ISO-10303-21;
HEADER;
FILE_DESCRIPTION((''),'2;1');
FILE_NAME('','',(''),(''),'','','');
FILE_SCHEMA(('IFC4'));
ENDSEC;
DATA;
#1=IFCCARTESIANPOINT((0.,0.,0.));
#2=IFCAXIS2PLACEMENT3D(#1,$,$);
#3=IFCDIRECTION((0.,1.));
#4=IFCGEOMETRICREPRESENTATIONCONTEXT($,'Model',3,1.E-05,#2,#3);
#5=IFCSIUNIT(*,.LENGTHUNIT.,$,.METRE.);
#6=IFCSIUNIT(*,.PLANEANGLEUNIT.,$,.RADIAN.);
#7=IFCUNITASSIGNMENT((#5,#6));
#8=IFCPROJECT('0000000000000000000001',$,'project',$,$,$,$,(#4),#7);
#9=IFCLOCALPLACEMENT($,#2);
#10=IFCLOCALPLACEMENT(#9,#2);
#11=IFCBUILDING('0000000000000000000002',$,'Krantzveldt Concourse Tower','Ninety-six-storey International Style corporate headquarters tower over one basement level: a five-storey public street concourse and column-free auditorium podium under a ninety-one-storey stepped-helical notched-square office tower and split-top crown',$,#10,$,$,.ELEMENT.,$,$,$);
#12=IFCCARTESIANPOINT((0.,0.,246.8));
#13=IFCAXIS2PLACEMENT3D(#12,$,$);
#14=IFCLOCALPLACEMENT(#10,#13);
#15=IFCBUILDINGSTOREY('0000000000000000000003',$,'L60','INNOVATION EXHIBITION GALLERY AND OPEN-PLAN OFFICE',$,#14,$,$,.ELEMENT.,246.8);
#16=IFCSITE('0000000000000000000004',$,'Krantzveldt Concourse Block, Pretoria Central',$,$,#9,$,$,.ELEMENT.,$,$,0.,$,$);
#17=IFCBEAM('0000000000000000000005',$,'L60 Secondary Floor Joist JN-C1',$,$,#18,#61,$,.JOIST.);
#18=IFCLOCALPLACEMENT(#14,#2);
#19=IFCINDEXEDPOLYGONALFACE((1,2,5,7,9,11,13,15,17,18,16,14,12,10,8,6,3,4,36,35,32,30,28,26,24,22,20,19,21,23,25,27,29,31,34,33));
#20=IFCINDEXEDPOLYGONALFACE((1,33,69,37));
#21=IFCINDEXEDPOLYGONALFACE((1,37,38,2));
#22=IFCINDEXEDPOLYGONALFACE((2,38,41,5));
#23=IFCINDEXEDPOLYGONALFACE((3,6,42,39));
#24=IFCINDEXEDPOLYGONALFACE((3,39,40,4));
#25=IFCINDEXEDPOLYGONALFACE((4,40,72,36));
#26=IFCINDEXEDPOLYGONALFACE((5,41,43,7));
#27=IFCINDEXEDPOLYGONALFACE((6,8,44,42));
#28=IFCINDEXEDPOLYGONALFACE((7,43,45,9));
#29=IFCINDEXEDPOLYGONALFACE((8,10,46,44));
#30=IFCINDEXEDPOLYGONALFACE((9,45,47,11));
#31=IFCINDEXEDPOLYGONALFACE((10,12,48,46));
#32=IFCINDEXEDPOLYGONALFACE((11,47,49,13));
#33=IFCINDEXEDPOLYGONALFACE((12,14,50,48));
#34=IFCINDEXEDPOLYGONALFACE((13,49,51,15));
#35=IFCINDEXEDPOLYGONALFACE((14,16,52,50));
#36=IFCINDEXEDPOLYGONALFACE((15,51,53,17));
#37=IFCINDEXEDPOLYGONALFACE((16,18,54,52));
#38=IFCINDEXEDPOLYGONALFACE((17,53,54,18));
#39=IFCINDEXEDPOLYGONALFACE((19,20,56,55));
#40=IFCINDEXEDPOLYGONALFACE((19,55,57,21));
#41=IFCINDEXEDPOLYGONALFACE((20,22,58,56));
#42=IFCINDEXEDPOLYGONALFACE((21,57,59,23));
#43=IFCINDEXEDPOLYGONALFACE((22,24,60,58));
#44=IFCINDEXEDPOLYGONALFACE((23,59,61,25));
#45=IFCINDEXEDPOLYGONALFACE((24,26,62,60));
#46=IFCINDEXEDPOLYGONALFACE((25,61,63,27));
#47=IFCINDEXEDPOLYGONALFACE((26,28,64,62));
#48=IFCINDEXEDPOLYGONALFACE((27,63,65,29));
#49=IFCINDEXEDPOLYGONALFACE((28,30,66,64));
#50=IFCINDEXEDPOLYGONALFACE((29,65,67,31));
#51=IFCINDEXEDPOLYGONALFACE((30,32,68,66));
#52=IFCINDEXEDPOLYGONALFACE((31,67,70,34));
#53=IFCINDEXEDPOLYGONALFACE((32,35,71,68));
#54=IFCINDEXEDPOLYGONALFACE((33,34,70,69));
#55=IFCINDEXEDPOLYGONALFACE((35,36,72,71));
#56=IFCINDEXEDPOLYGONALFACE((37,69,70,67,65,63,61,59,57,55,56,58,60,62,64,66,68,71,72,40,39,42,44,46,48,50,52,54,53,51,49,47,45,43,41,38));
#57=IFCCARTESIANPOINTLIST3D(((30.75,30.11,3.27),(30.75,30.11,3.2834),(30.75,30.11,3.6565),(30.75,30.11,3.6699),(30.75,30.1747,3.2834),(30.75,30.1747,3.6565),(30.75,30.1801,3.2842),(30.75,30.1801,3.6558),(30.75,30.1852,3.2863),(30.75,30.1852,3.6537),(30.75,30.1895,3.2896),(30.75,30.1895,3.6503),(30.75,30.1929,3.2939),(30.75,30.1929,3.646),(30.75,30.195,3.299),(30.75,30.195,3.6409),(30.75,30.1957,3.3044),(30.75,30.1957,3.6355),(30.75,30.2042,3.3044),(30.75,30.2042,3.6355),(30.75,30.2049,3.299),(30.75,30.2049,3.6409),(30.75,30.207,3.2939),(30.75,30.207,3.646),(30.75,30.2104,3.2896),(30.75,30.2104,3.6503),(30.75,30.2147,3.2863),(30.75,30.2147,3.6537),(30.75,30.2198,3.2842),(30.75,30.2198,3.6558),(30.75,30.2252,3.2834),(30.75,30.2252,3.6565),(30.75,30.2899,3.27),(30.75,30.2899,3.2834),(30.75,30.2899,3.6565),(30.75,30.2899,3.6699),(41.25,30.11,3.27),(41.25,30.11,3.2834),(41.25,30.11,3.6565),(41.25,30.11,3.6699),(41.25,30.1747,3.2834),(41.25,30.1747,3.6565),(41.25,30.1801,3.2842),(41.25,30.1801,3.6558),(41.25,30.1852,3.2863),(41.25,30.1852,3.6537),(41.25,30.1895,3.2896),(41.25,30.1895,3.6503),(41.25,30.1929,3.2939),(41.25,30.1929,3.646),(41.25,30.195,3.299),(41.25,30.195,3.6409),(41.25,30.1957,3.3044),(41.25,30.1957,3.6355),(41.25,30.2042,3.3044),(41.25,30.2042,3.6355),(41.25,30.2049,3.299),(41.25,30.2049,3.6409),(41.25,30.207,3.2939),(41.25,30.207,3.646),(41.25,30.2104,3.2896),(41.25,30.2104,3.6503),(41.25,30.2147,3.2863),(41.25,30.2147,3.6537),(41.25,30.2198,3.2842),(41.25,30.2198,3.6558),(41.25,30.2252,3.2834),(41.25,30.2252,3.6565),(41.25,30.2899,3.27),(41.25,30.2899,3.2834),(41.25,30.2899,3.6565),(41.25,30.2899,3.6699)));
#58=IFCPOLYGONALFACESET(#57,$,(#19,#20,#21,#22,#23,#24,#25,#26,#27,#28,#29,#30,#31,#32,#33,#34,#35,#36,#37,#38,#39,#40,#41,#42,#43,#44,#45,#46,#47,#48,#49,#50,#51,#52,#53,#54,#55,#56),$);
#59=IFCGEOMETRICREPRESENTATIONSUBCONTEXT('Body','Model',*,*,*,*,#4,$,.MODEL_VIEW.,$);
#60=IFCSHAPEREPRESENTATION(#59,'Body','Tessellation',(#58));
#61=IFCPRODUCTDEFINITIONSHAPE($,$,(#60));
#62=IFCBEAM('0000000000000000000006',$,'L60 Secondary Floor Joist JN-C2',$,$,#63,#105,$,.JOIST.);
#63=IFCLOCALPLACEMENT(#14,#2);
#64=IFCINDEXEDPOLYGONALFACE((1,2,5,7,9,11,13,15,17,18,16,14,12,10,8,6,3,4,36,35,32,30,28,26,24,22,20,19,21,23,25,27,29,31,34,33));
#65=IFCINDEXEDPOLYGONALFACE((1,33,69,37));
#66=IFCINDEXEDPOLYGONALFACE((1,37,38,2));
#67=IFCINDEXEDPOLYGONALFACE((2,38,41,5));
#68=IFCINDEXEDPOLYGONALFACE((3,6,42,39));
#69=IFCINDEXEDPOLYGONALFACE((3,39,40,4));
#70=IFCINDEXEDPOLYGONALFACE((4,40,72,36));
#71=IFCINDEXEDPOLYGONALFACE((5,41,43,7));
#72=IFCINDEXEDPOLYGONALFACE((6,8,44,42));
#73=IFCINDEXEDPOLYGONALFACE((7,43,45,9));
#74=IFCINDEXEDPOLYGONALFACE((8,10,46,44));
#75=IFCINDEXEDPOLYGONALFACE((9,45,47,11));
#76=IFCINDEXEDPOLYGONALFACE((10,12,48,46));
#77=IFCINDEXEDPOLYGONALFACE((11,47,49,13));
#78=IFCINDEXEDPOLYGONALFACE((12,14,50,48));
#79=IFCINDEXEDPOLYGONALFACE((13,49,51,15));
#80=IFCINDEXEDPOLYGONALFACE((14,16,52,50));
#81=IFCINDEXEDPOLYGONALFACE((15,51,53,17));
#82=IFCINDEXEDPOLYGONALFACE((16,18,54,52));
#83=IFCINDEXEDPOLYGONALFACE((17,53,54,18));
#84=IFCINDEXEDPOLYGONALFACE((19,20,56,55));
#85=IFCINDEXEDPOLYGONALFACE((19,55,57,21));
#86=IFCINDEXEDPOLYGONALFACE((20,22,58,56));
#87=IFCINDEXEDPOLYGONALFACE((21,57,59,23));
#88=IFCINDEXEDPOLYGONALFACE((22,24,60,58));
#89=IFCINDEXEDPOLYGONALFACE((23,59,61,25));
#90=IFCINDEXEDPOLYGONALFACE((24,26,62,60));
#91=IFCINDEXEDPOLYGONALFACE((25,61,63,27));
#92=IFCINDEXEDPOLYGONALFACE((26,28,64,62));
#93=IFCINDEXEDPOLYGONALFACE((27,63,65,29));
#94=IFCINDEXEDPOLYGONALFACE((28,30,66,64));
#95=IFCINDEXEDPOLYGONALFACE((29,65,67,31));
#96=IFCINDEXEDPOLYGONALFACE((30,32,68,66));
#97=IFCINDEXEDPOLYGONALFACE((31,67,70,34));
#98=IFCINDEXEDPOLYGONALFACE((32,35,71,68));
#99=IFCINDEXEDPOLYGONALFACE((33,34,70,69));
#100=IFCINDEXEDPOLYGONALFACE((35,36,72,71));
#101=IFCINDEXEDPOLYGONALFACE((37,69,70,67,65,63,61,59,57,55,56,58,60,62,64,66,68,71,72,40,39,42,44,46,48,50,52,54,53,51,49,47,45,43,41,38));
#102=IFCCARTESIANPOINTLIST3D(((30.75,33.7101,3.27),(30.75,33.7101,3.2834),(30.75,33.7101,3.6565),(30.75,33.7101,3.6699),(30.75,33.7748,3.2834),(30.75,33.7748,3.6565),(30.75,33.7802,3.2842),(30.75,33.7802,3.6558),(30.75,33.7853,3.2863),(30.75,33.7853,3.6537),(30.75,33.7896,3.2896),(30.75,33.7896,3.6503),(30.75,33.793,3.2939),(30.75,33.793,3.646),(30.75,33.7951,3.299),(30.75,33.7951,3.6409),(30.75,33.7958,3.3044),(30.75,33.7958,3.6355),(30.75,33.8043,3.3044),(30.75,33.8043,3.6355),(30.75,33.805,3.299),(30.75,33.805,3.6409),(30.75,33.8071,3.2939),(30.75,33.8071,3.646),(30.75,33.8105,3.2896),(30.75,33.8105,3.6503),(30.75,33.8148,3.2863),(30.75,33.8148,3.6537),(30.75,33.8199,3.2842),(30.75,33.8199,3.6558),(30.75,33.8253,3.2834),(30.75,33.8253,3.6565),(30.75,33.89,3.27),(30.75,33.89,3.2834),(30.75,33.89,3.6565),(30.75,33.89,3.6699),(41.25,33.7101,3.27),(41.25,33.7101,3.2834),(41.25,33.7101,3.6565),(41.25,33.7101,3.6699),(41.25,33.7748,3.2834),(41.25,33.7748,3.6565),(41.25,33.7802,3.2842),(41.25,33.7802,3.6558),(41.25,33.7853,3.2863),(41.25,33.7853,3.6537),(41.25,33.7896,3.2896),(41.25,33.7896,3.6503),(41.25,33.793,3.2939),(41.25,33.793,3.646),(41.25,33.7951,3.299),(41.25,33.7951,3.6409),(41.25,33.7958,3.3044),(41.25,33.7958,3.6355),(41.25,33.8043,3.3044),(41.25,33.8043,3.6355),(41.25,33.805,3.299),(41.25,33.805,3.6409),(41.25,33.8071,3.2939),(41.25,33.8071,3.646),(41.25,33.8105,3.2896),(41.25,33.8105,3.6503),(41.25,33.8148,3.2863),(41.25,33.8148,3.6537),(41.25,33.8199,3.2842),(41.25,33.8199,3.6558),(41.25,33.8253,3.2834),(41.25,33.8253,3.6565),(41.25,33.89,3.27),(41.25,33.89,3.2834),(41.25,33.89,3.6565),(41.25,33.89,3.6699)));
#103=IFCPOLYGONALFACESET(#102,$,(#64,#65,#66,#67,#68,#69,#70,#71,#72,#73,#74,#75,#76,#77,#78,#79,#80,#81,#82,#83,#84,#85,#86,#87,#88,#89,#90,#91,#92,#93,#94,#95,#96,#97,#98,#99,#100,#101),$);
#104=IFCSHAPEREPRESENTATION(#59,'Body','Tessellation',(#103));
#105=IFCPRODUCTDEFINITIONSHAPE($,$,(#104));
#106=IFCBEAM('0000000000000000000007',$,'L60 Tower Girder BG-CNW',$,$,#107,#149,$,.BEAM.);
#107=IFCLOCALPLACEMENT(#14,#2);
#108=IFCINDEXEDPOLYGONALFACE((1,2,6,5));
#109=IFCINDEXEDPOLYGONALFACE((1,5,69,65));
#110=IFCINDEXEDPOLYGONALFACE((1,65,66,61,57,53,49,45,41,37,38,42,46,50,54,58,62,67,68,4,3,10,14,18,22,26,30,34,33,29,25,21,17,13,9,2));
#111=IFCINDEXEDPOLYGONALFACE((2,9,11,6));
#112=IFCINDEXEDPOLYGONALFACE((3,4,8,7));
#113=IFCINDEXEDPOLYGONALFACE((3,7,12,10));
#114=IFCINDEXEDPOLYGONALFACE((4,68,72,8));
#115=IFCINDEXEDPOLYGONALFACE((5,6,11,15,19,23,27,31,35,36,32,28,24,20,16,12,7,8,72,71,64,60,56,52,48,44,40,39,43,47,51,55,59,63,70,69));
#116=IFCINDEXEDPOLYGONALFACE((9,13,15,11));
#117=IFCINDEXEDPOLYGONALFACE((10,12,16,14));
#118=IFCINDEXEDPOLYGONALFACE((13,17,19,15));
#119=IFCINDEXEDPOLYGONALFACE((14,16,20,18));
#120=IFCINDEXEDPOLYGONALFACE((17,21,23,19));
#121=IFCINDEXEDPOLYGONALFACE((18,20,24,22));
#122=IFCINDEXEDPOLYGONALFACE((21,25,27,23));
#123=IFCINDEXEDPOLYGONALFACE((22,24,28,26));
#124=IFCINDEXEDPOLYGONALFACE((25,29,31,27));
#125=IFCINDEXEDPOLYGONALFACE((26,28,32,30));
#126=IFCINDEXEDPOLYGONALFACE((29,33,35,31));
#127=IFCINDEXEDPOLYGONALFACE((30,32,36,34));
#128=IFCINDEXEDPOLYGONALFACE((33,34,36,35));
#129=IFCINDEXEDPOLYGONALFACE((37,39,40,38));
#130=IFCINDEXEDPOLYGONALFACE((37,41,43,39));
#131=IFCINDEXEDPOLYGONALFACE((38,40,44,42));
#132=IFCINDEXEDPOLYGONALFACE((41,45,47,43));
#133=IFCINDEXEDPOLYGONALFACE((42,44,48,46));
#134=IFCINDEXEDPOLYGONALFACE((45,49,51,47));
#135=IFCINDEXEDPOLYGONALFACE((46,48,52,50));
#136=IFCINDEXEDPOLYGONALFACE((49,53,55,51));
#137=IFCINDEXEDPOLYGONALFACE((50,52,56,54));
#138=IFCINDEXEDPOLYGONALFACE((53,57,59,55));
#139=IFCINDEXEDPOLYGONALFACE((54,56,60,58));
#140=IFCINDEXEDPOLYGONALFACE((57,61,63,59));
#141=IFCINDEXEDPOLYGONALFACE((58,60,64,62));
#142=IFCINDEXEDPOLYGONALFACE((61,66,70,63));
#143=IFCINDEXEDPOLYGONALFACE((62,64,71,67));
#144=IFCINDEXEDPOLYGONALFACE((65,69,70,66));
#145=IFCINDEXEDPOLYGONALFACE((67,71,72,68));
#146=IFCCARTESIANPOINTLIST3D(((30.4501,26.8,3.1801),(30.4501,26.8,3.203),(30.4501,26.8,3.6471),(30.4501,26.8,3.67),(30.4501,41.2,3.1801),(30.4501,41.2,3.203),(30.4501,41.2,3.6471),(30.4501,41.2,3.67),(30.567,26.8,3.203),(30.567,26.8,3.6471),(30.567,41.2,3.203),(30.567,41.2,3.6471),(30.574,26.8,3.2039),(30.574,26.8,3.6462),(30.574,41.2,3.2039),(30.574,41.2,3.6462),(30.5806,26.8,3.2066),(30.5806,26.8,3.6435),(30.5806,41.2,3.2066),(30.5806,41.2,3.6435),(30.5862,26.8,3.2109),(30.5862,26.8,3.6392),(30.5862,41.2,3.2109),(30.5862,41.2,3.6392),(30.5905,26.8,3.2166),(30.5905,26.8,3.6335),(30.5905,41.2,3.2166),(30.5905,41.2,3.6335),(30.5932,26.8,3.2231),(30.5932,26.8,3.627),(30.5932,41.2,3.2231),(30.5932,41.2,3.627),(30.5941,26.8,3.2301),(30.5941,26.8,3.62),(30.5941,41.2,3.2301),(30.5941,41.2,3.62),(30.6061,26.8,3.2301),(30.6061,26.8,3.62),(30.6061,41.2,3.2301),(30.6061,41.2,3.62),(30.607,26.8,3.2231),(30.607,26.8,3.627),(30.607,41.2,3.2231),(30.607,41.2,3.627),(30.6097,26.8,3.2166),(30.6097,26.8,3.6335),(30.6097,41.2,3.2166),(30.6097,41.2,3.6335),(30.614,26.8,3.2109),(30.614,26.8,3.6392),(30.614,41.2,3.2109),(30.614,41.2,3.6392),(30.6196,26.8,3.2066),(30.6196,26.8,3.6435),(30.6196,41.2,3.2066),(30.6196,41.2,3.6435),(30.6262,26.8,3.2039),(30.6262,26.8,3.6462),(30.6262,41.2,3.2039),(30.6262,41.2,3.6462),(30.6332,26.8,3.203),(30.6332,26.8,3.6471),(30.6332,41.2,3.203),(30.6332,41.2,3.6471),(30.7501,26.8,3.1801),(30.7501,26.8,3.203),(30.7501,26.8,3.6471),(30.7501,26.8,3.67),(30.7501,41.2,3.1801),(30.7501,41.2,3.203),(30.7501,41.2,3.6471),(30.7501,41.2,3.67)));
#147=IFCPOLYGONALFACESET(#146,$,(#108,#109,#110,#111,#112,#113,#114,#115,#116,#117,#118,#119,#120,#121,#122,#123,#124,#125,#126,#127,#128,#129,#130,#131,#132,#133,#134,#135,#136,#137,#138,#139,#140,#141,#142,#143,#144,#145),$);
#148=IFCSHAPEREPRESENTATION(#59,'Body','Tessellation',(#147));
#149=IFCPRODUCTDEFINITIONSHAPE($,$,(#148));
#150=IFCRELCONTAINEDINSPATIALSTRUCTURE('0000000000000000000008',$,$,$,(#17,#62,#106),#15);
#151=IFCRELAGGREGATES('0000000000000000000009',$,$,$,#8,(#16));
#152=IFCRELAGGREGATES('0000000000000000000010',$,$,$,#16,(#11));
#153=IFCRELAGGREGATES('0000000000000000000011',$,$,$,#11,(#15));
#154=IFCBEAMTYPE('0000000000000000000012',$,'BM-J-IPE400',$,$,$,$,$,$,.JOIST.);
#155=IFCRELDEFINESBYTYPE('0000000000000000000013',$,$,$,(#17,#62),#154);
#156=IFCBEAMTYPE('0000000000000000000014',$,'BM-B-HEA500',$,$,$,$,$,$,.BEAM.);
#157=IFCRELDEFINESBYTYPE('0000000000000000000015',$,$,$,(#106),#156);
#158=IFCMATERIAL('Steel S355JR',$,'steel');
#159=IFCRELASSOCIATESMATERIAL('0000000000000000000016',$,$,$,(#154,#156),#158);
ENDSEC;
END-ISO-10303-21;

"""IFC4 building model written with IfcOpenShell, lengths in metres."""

from ifc_helpers import new_model, si_unit, direction, frame, origin, origin_2d, place, context, subcontext, project, spatial, i_section, extrude, source, transform, mapped, material, material_profile, profile_set, type_object, type_shapes, element, save


model = new_model("IFC4")

# Units and contexts
model_context = context("Model", 3, precision=1e-05, world=origin(), true_north=direction((0.0, 1.0)))
body_context = subcontext(model_context, "Body", "Model", "MODEL_VIEW")
ifc_project = project(units=[si_unit("LENGTHUNIT", "METRE"), si_unit("PLANEANGLEUNIT", "RADIAN")], contexts=[model_context])

# Site, building, storey
site_placement = place(None, origin())
site = spatial("IfcSite", under=ifc_project, at=site_placement, Name="Krantzveldt Concourse Block, Pretoria Central", CompositionType="ELEMENT", RefElevation=0.0)
building_placement = place(site_placement, origin())
building = spatial("IfcBuilding", under=site, at=building_placement, Name="Krantzveldt Concourse Tower", Description="Ninety-six-storey International Style corporate headquarters tower over one basement level: a five-storey public street concourse and column-free auditorium podium under a ninety-one-storey stepped-helical notched-square office tower and split-top crown", CompositionType="ELEMENT")
storey_placement = place(building_placement, frame((0.0, 0.0, 246.8)))
storey = spatial("IfcBuildingStorey", under=building, at=storey_placement, Name="L60", Description="INNOVATION EXHIBITION GALLERY AND OPEN-PLAN OFFICE", CompositionType="ELEMENT", Elevation=246.8)

# Beams
ifc_material_1 = material(Name="Steel S355JR", Category="steel")
ifc_material_profile_1 = material_profile(ifc_material_1, i_section(OverallWidth=0.1799, OverallDepth=0.3999, WebThickness=0.0085, FlangeThickness=0.0134, FilletRadius=0.021, at=origin_2d()), Name="Steel S355JR", Category="steel")
ifc_profile_set_1 = profile_set([ifc_material_profile_1], Name="Steel S355JR - IPE 400")
beam_type_1 = type_object("IfcBeamType", Name="BM-J-IPE400", PredefinedType="JOIST", material=ifc_profile_set_1)
shared_shape_1 = source(origin(), body_context, "Body", "SweptSolid", [
    extrude(i_section(OverallWidth=0.1799, OverallDepth=0.3999, WebThickness=0.0085, FlangeThickness=0.0134, FilletRadius=0.021, at=origin_2d()), origin(), (0.0, 0.0, 1.0), 10.5),
])
for number, where, z_axis, x_axis, name in (
    (1, (30.75, 30.2, 3.47), (1.0, 0.0, 0.0), (0.0, 1.0, 0.0), "L60 Secondary Floor Joist JN-C1"),
    (2, (30.75, 33.8, 3.47), (1.0, 0.0, 0.0), (0.0, 1.0, 0.0), "L60 Secondary Floor Joist JN-C2"),
):
    element("IfcBeam", number, at=place(storey_placement, frame(where, z_axis=z_axis, x_axis=x_axis)), inside=storey, type_object=beam_type_1, Name=name, PredefinedType="JOIST", context=body_context, shape_type="MappedRepresentation", body=[
        mapped(shared_shape_1, transform((0.0, 0.0, 0.0), x_axis=(1.0, 0.0, 0.0), y_axis=(0.0, 1.0, 0.0), z_axis=(0.0, 0.0, 1.0), scale=1.0)),
    ])
ifc_material_profile_2 = material_profile(ifc_material_1, i_section(OverallWidth=0.3, OverallDepth=0.49, WebThickness=0.012, FlangeThickness=0.0229, FilletRadius=0.0271, at=origin_2d()), Name="Steel S355JR", Category="steel")
ifc_profile_set_2 = profile_set([ifc_material_profile_2], Name="Steel S355JR - HEA 500")
beam_type_2 = type_object("IfcBeamType", Name="BM-B-HEA500", PredefinedType="BEAM", material=ifc_profile_set_2)
shared_shape_2 = source(origin(), body_context, "Body", "SweptSolid", [
    extrude(i_section(OverallWidth=0.3, OverallDepth=0.49, WebThickness=0.012, FlangeThickness=0.0229, FilletRadius=0.0271, at=origin_2d()), origin(), (0.0, 0.0, 1.0), 14.3999),
])
type_shapes(beam_type_2, [shared_shape_2])
beam_1_placement = place(storey_placement, frame((30.6001, 26.8, 3.425), z_axis=(0.0, 1.0, 0.0), x_axis=(-1.0, 0.0, 0.0)))
element("IfcBeam", 3, at=beam_1_placement, inside=storey, type_object=beam_type_2, Name="L60 Tower Girder BG-CNW", PredefinedType="BEAM", context=body_context, shape_type="MappedRepresentation", body=[
    mapped(shared_shape_2, transform((0.0, 0.0, 0.0), x_axis=(1.0, 0.0, 0.0), y_axis=(0.0, 1.0, 0.0), z_axis=(0.0, 0.0, 1.0), scale=1.0)),
])

save(model, "model.ifc")
